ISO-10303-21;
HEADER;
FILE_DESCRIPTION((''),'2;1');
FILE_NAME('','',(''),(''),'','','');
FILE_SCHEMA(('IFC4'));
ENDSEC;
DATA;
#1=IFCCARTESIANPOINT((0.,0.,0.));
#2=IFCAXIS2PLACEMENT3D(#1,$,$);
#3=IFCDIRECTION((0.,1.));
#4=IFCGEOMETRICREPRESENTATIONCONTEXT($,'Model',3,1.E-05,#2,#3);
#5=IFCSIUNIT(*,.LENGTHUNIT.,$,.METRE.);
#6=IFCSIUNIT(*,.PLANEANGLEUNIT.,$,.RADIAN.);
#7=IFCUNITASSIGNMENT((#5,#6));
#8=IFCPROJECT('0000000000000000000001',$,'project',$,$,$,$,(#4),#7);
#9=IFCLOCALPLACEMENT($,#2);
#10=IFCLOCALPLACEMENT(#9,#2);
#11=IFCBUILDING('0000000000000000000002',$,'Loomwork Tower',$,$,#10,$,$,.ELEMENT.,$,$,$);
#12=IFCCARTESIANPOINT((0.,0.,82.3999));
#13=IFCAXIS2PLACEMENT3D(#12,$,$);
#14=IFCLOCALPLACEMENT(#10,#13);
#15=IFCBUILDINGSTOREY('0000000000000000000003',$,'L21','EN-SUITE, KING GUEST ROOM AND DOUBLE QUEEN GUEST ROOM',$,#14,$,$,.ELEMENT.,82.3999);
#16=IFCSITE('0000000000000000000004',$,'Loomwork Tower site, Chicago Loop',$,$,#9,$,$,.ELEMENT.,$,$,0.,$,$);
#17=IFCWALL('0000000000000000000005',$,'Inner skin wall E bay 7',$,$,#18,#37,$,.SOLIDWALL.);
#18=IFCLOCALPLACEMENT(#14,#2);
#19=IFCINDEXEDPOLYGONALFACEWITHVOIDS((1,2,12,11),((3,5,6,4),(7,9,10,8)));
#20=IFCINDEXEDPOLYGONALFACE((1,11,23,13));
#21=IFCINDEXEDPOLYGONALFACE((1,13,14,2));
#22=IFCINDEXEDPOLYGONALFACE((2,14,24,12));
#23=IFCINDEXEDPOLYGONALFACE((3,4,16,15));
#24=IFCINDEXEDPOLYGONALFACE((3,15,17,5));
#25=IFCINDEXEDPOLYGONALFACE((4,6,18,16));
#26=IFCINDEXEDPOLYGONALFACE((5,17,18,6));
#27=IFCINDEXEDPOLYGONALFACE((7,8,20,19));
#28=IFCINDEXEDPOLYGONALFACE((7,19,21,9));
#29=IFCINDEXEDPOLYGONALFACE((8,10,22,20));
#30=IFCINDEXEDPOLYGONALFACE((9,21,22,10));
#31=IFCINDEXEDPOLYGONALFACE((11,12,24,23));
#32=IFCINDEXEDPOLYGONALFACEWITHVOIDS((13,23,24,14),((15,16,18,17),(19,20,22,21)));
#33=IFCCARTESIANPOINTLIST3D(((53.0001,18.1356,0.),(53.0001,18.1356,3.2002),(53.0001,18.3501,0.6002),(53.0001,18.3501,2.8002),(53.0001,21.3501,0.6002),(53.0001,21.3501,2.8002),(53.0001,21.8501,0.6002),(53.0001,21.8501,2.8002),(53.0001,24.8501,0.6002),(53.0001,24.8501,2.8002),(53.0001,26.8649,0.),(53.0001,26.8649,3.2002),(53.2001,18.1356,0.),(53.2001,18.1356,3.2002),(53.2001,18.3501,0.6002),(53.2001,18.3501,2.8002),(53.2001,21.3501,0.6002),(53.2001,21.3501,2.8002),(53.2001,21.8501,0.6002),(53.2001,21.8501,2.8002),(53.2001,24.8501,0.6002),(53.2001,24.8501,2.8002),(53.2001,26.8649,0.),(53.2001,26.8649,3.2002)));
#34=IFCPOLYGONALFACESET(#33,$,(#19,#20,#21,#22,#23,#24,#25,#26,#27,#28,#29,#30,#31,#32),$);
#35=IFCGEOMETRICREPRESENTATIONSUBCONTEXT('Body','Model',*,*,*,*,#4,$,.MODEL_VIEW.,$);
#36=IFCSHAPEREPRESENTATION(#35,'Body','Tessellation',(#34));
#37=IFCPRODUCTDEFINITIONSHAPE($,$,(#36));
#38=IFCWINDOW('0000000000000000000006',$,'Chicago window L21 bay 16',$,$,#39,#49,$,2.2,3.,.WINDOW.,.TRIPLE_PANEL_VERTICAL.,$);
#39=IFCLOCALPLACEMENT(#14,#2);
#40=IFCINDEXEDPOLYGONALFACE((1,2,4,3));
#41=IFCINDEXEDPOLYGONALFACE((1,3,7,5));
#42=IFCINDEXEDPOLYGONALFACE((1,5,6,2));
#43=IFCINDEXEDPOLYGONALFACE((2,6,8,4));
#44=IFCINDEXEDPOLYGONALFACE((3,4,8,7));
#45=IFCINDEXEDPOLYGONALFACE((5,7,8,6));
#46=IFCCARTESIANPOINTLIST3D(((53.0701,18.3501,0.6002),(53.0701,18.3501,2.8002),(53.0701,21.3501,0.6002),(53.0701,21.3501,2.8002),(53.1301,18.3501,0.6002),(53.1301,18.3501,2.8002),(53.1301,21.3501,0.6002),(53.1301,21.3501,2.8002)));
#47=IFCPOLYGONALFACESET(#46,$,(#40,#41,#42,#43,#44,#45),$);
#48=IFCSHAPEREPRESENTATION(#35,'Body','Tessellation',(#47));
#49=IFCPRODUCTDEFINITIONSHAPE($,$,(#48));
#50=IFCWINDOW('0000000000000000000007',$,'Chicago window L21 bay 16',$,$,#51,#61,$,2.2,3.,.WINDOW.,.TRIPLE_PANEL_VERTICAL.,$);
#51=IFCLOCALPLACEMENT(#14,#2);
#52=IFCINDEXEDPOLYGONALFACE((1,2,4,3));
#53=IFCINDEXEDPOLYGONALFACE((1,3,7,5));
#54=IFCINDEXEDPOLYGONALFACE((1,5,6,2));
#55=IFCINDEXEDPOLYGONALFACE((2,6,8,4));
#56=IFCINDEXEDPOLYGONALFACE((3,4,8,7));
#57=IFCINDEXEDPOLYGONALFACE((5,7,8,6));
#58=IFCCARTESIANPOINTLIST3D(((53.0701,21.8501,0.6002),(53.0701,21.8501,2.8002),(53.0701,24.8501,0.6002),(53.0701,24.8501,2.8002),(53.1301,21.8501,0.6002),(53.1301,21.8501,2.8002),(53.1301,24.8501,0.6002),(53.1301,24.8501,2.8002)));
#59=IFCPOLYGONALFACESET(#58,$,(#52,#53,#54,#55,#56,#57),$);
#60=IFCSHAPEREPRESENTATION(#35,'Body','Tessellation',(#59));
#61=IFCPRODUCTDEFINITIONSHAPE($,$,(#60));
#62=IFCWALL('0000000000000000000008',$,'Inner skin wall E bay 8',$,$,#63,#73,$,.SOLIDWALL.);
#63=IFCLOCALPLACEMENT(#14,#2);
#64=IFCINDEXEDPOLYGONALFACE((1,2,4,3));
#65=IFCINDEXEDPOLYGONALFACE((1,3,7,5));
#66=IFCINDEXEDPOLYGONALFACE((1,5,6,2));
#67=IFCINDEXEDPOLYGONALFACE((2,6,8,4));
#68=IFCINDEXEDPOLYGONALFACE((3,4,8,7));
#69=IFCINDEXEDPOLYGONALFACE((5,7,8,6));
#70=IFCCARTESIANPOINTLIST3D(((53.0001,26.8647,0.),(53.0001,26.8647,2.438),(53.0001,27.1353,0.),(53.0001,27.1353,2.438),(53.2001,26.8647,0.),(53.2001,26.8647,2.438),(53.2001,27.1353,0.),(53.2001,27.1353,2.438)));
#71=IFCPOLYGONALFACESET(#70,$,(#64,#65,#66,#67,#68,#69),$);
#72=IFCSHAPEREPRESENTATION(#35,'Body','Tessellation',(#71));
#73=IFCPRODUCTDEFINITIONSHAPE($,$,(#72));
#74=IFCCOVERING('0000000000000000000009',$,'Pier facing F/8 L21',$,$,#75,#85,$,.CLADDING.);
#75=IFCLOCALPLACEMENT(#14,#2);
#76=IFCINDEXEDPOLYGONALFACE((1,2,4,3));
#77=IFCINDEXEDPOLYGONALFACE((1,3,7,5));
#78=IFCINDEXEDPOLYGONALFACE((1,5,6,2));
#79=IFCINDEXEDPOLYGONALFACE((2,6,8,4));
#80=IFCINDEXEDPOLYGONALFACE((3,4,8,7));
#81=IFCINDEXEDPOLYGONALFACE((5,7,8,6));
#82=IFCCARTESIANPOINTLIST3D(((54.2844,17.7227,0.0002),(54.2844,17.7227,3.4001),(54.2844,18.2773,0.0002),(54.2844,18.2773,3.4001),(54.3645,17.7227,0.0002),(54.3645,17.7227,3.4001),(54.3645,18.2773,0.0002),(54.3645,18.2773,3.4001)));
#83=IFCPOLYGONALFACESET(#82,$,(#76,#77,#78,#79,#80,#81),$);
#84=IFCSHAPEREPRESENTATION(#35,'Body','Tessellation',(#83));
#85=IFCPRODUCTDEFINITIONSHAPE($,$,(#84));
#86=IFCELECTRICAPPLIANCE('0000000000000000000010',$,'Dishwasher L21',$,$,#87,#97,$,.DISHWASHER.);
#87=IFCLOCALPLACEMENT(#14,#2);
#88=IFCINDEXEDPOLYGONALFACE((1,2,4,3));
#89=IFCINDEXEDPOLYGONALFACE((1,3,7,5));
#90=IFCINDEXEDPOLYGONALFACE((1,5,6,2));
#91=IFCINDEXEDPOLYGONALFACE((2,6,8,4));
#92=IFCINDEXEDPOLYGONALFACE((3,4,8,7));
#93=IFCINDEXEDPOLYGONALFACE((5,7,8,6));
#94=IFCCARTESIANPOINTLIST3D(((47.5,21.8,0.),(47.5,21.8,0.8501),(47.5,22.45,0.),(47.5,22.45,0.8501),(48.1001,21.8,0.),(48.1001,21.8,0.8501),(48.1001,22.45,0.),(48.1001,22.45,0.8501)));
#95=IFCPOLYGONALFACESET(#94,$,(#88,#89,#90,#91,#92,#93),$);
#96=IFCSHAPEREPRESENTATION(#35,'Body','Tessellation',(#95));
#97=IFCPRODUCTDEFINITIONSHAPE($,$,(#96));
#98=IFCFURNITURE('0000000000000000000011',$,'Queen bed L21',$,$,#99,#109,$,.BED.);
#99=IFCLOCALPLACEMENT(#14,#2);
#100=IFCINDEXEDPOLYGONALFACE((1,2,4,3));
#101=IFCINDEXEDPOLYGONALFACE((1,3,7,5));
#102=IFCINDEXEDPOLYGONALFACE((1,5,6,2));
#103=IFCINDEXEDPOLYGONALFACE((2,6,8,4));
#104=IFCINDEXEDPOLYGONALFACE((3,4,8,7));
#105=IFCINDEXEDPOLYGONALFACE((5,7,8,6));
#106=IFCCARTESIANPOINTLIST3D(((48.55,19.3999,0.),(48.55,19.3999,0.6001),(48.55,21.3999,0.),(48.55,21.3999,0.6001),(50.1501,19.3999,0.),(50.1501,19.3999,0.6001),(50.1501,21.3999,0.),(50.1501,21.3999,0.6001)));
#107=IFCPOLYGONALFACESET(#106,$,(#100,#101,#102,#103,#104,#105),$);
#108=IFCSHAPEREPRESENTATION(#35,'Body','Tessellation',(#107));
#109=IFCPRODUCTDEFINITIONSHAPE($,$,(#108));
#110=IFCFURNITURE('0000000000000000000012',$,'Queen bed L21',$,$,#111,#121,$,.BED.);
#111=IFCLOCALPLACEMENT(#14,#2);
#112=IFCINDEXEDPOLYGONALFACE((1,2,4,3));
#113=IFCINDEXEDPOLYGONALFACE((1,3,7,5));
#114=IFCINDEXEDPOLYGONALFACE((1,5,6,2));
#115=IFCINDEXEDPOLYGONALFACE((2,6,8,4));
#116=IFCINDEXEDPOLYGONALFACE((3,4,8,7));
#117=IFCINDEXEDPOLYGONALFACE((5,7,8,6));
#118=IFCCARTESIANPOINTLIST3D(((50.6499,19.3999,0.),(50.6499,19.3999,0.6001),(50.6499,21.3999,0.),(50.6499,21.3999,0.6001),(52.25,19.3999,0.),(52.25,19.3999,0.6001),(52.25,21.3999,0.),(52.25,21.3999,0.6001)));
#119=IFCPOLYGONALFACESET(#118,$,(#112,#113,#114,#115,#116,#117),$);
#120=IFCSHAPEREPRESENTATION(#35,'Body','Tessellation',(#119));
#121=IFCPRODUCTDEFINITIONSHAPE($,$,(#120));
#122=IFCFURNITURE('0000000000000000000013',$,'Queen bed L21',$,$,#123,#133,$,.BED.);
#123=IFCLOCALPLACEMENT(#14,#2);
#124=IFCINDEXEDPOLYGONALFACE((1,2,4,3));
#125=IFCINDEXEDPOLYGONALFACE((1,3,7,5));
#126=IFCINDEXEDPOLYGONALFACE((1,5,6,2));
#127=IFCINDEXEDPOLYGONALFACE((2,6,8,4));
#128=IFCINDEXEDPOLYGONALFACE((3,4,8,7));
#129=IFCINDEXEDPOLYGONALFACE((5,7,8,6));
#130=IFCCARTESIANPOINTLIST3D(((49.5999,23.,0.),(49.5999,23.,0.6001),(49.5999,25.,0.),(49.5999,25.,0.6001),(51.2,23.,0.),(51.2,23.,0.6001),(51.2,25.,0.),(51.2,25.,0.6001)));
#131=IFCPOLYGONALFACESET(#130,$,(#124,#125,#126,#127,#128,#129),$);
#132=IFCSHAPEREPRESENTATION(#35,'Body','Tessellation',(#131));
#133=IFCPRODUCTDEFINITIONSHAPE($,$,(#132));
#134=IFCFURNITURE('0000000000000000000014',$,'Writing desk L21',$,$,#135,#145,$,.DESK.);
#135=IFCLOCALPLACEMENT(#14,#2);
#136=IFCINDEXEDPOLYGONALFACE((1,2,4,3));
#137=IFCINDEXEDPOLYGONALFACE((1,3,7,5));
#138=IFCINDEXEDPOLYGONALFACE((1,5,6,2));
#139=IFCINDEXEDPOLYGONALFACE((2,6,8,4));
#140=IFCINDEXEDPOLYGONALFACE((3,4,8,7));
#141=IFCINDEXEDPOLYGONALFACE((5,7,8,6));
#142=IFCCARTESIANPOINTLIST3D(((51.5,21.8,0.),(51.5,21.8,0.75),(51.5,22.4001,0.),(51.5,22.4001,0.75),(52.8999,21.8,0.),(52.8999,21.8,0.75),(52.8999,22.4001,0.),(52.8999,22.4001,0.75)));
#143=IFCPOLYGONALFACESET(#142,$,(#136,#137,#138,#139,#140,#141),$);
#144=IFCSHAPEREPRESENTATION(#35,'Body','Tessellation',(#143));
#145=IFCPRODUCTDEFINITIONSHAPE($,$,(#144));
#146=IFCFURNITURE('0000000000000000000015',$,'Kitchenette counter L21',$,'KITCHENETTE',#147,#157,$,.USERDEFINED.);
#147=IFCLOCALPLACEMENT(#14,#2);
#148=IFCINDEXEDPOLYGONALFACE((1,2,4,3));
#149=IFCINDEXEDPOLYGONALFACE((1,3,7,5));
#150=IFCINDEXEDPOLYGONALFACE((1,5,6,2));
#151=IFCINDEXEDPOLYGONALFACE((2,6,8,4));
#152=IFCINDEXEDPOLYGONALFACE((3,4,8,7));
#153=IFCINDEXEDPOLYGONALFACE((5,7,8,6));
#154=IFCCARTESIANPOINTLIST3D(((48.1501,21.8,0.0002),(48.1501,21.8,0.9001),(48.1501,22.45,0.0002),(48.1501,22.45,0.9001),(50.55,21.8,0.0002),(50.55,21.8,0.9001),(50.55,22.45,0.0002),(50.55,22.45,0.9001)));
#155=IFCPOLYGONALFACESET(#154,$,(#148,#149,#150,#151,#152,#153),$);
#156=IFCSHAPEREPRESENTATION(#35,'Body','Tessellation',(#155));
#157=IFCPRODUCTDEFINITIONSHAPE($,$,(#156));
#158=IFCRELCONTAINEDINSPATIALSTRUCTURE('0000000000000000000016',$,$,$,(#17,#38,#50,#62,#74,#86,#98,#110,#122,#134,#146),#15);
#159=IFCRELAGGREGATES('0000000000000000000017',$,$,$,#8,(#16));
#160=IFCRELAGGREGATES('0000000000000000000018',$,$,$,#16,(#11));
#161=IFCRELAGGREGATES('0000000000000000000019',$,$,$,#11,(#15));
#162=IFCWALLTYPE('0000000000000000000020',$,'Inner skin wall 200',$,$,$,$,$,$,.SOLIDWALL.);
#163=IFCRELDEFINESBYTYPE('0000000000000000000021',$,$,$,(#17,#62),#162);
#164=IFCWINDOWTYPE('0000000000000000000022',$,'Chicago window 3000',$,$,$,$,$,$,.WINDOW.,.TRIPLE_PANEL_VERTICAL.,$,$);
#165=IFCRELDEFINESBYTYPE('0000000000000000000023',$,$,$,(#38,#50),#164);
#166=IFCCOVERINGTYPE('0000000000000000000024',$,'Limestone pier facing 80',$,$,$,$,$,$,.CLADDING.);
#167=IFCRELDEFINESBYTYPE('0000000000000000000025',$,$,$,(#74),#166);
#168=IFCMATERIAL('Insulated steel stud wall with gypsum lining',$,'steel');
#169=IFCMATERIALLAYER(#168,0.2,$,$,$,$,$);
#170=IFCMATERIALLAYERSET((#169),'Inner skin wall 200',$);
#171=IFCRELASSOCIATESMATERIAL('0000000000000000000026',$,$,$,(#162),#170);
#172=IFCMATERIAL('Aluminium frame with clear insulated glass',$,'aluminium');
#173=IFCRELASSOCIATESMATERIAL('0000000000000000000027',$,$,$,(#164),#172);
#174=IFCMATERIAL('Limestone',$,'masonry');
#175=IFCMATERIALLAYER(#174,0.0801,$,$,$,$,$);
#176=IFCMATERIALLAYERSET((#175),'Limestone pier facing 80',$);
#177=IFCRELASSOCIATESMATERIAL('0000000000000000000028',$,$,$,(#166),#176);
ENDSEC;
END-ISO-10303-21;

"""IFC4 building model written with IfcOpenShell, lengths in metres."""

from ifc_helpers import new_model, si_unit, direction, frame, frame_2d, origin, origin_2d, place, context, subcontext, project, spatial, rectangle, extrude, material, layer, layer_set, type_object, element, fill, save


model = new_model("IFC4")

# Units and contexts
model_context = context("Model", 3, precision=1e-05, world=origin(), true_north=direction((0.0, 1.0)))
body_context = subcontext(model_context, "Body", "Model", "MODEL_VIEW")
ifc_project = project(units=[si_unit("LENGTHUNIT", "METRE"), si_unit("PLANEANGLEUNIT", "RADIAN")], contexts=[model_context])

# Site, building, storey
site_placement = place(None, origin())
site = spatial("IfcSite", under=ifc_project, at=site_placement, Name="Loomwork Tower site, Chicago Loop", CompositionType="ELEMENT", RefElevation=0.0)
building_placement = place(site_placement, origin())
building = spatial("IfcBuilding", under=site, at=building_placement, Name="Loomwork Tower", CompositionType="ELEMENT")
storey_placement = place(building_placement, frame((0.0, 0.0, 82.3999)))
storey = spatial("IfcBuildingStorey", under=building, at=storey_placement, Name="L21", Description="EN-SUITE, KING GUEST ROOM AND DOUBLE QUEEN GUEST ROOM", CompositionType="ELEMENT", Elevation=82.3999)

# Wall, openings, windows
ifc_material_1 = material(Name="Insulated steel stud wall with gypsum lining", Category="steel")
ifc_layer_1 = layer(ifc_material_1, 0.2)
ifc_layer_set_1 = layer_set([ifc_layer_1], Name="Inner skin wall 200")
wall_type = type_object("IfcWallType", Name="Inner skin wall 200", PredefinedType="SOLIDWALL", material=ifc_layer_set_1)
wall_1_placement = place(storey_placement, frame((53.1001, 18.1355, 0.0), z_axis=(0.0, 0.0, 1.0), x_axis=(0.0, 1.0, 0.0)))
wall_1 = element("IfcWall", 1, at=wall_1_placement, inside=storey, type_object=wall_type, Name="Inner skin wall E bay 7", PredefinedType="SOLIDWALL", context=body_context, shape_type="SweptSolid", body=[
    extrude(rectangle(XDim=8.7292, YDim=0.2, at=frame_2d((4.3647, 0.0))), origin(), (0.0, 0.0, 1.0), 3.2002),
])
opening_1_placement = place(wall_1_placement, frame((0.2146, 0.0, 0.6001)))
opening_1 = element("IfcOpeningElement", 2, at=opening_1_placement, cuts=wall_1, PredefinedType="OPENING", context=body_context, shape_type="SweptSolid", body=[
    extrude(rectangle(XDim=3.0, YDim=2.2, at=frame_2d((1.5, 1.1001))), frame((0.0, 0.1099, 0.0), z_axis=(0.0, -1.0, 0.0), x_axis=(1.0, 0.0, 0.0)), (0.0, 0.0, 1.0), 0.22),
])
opening_2_placement = place(wall_1_placement, frame((3.7146, 0.0, 0.6001)))
opening_2 = element("IfcOpeningElement", 3, at=opening_2_placement, cuts=wall_1, PredefinedType="OPENING", context=body_context, shape_type="SweptSolid", body=[
    extrude(rectangle(XDim=3.0, YDim=2.2, at=frame_2d((1.5, 1.1001))), frame((0.0, 0.1099, 0.0), z_axis=(0.0, -1.0, 0.0), x_axis=(1.0, 0.0, 0.0)), (0.0, 0.0, 1.0), 0.22),
])
ifc_material_2 = material(Name="Aluminium frame with clear insulated glass", Category="aluminium")
window_type = type_object("IfcWindowType", Name="Chicago window 3000", PartitioningType="TRIPLE_PANEL_VERTICAL", PredefinedType="WINDOW", material=ifc_material_2)
window_1_placement = place(opening_1_placement, origin())
window_1 = element("IfcWindow", 4, at=window_1_placement, inside=storey, type_object=window_type, Name="Chicago window L21 bay 16", OverallHeight=2.2, OverallWidth=3.0, PartitioningType="TRIPLE_PANEL_VERTICAL", PredefinedType="WINDOW", context=body_context, shape_type="SweptSolid", body=[
    extrude(rectangle(XDim=3.0, YDim=2.2, at=frame_2d((1.5, 1.1001))), frame((0.0, 0.03, 0.0), z_axis=(0.0, -1.0, 0.0), x_axis=(1.0, 0.0, 0.0)), (0.0, 0.0, 1.0), 0.0601),
])
fill(opening_1, window_1)
window_2_placement = place(opening_2_placement, origin())
window_2 = element("IfcWindow", 5, at=window_2_placement, inside=storey, type_object=window_type, Name="Chicago window L21 bay 16", OverallHeight=2.2, OverallWidth=3.0, PartitioningType="TRIPLE_PANEL_VERTICAL", PredefinedType="WINDOW", context=body_context, shape_type="SweptSolid", body=[
    extrude(rectangle(XDim=3.0, YDim=2.2, at=frame_2d((1.5, 1.1001))), frame((0.0, 0.03, 0.0), z_axis=(0.0, -1.0, 0.0), x_axis=(1.0, 0.0, 0.0)), (0.0, 0.0, 1.0), 0.0601),
])
fill(opening_2, window_2)

# Wall
wall_2_placement = place(storey_placement, frame((53.1001, 26.8647, 0.0), z_axis=(0.0, 0.0, 1.0), x_axis=(0.0, 1.0, 0.0)))
element("IfcWall", 6, at=wall_2_placement, inside=storey, type_object=wall_type, Name="Inner skin wall E bay 8", PredefinedType="SOLIDWALL", context=body_context, shape_type="SweptSolid", body=[
    extrude(rectangle(XDim=0.2705, YDim=0.2, at=frame_2d((0.1353, 0.0))), origin(), (0.0, 0.0, 1.0), 2.438),
])

# Covering
ifc_material_3 = material(Name="Limestone", Category="masonry")
ifc_layer_2 = layer(ifc_material_3, 0.0801)
ifc_layer_set_2 = layer_set([ifc_layer_2], Name="Limestone pier facing 80")
covering_type = type_object("IfcCoveringType", Name="Limestone pier facing 80", PredefinedType="CLADDING", material=ifc_layer_set_2)
covering_placement = place(storey_placement, frame((54.3245, 18.0, 0.0002), z_axis=(0.0, 0.0, 1.0), x_axis=(1.0, 0.0, 0.0)))
element("IfcCovering", 7, at=covering_placement, inside=storey, type_object=covering_type, Name="Pier facing F/8 L21", PredefinedType="CLADDING", context=body_context, shape_type="SweptSolid", body=[
    extrude(rectangle(XDim=0.0801, YDim=0.5547, at=origin_2d()), origin(), (0.0, 0.0, 1.0), 3.3999),
])

# Electric appliance
electric_appliance_placement = place(storey_placement, frame((47.8, 22.125, 0.0), z_axis=(0.0, 0.0, 1.0), x_axis=(1.0, 0.0, 0.0)))
element("IfcElectricAppliance", 8, at=electric_appliance_placement, inside=storey, Name="Dishwasher L21", PredefinedType="DISHWASHER", context=body_context, shape_type="SweptSolid", body=[
    extrude(rectangle(XDim=0.6001, YDim=0.6499, at=origin_2d()), origin(), (0.0, 0.0, 1.0), 0.8501),
])

# Furniture
for number, where, z_axis, x_axis, name in (
    (9, (49.3501, 20.3999, 0.0), (0.0, 0.0, 1.0), (1.0, 0.0, 0.0), "Queen bed L21"),
    (10, (51.45, 20.3999, 0.0), (0.0, 0.0, 1.0), (1.0, 0.0, 0.0), "Queen bed L21"),
    (11, (50.3999, 24.0, 0.0), (0.0, 0.0, 1.0), (1.0, 0.0, 0.0), "Queen bed L21"),
):
    element("IfcFurniture", number, at=place(storey_placement, frame(where, z_axis=z_axis, x_axis=x_axis)), inside=storey, Name=name, PredefinedType="BED", context=body_context, shape_type="SweptSolid", body=[
        extrude(rectangle(XDim=1.6001, YDim=2.0, at=origin_2d()), origin(), (0.0, 0.0, 1.0), 0.6001),
    ])
furniture_1_placement = place(storey_placement, frame((52.2, 22.1001, 0.0), z_axis=(0.0, 0.0, 1.0), x_axis=(1.0, 0.0, 0.0)))
element("IfcFurniture", 12, at=furniture_1_placement, inside=storey, Name="Writing desk L21", PredefinedType="DESK", context=body_context, shape_type="SweptSolid", body=[
    extrude(rectangle(XDim=1.3999, YDim=0.6001, at=origin_2d()), origin(), (0.0, 0.0, 1.0), 0.75),
])
furniture_2_placement = place(storey_placement, frame((49.3501, 22.125, 0.0002), z_axis=(0.0, 0.0, 1.0), x_axis=(1.0, 0.0, 0.0)))
element("IfcFurniture", 13, at=furniture_2_placement, inside=storey, Name="Kitchenette counter L21", ObjectType="KITCHENETTE", PredefinedType="USERDEFINED", context=body_context, shape_type="SweptSolid", body=[
    extrude(rectangle(XDim=2.3999, YDim=0.6499, at=origin_2d()), origin(), (0.0, 0.0, 1.0), 0.8999),
])

save(model, "model.ifc")
